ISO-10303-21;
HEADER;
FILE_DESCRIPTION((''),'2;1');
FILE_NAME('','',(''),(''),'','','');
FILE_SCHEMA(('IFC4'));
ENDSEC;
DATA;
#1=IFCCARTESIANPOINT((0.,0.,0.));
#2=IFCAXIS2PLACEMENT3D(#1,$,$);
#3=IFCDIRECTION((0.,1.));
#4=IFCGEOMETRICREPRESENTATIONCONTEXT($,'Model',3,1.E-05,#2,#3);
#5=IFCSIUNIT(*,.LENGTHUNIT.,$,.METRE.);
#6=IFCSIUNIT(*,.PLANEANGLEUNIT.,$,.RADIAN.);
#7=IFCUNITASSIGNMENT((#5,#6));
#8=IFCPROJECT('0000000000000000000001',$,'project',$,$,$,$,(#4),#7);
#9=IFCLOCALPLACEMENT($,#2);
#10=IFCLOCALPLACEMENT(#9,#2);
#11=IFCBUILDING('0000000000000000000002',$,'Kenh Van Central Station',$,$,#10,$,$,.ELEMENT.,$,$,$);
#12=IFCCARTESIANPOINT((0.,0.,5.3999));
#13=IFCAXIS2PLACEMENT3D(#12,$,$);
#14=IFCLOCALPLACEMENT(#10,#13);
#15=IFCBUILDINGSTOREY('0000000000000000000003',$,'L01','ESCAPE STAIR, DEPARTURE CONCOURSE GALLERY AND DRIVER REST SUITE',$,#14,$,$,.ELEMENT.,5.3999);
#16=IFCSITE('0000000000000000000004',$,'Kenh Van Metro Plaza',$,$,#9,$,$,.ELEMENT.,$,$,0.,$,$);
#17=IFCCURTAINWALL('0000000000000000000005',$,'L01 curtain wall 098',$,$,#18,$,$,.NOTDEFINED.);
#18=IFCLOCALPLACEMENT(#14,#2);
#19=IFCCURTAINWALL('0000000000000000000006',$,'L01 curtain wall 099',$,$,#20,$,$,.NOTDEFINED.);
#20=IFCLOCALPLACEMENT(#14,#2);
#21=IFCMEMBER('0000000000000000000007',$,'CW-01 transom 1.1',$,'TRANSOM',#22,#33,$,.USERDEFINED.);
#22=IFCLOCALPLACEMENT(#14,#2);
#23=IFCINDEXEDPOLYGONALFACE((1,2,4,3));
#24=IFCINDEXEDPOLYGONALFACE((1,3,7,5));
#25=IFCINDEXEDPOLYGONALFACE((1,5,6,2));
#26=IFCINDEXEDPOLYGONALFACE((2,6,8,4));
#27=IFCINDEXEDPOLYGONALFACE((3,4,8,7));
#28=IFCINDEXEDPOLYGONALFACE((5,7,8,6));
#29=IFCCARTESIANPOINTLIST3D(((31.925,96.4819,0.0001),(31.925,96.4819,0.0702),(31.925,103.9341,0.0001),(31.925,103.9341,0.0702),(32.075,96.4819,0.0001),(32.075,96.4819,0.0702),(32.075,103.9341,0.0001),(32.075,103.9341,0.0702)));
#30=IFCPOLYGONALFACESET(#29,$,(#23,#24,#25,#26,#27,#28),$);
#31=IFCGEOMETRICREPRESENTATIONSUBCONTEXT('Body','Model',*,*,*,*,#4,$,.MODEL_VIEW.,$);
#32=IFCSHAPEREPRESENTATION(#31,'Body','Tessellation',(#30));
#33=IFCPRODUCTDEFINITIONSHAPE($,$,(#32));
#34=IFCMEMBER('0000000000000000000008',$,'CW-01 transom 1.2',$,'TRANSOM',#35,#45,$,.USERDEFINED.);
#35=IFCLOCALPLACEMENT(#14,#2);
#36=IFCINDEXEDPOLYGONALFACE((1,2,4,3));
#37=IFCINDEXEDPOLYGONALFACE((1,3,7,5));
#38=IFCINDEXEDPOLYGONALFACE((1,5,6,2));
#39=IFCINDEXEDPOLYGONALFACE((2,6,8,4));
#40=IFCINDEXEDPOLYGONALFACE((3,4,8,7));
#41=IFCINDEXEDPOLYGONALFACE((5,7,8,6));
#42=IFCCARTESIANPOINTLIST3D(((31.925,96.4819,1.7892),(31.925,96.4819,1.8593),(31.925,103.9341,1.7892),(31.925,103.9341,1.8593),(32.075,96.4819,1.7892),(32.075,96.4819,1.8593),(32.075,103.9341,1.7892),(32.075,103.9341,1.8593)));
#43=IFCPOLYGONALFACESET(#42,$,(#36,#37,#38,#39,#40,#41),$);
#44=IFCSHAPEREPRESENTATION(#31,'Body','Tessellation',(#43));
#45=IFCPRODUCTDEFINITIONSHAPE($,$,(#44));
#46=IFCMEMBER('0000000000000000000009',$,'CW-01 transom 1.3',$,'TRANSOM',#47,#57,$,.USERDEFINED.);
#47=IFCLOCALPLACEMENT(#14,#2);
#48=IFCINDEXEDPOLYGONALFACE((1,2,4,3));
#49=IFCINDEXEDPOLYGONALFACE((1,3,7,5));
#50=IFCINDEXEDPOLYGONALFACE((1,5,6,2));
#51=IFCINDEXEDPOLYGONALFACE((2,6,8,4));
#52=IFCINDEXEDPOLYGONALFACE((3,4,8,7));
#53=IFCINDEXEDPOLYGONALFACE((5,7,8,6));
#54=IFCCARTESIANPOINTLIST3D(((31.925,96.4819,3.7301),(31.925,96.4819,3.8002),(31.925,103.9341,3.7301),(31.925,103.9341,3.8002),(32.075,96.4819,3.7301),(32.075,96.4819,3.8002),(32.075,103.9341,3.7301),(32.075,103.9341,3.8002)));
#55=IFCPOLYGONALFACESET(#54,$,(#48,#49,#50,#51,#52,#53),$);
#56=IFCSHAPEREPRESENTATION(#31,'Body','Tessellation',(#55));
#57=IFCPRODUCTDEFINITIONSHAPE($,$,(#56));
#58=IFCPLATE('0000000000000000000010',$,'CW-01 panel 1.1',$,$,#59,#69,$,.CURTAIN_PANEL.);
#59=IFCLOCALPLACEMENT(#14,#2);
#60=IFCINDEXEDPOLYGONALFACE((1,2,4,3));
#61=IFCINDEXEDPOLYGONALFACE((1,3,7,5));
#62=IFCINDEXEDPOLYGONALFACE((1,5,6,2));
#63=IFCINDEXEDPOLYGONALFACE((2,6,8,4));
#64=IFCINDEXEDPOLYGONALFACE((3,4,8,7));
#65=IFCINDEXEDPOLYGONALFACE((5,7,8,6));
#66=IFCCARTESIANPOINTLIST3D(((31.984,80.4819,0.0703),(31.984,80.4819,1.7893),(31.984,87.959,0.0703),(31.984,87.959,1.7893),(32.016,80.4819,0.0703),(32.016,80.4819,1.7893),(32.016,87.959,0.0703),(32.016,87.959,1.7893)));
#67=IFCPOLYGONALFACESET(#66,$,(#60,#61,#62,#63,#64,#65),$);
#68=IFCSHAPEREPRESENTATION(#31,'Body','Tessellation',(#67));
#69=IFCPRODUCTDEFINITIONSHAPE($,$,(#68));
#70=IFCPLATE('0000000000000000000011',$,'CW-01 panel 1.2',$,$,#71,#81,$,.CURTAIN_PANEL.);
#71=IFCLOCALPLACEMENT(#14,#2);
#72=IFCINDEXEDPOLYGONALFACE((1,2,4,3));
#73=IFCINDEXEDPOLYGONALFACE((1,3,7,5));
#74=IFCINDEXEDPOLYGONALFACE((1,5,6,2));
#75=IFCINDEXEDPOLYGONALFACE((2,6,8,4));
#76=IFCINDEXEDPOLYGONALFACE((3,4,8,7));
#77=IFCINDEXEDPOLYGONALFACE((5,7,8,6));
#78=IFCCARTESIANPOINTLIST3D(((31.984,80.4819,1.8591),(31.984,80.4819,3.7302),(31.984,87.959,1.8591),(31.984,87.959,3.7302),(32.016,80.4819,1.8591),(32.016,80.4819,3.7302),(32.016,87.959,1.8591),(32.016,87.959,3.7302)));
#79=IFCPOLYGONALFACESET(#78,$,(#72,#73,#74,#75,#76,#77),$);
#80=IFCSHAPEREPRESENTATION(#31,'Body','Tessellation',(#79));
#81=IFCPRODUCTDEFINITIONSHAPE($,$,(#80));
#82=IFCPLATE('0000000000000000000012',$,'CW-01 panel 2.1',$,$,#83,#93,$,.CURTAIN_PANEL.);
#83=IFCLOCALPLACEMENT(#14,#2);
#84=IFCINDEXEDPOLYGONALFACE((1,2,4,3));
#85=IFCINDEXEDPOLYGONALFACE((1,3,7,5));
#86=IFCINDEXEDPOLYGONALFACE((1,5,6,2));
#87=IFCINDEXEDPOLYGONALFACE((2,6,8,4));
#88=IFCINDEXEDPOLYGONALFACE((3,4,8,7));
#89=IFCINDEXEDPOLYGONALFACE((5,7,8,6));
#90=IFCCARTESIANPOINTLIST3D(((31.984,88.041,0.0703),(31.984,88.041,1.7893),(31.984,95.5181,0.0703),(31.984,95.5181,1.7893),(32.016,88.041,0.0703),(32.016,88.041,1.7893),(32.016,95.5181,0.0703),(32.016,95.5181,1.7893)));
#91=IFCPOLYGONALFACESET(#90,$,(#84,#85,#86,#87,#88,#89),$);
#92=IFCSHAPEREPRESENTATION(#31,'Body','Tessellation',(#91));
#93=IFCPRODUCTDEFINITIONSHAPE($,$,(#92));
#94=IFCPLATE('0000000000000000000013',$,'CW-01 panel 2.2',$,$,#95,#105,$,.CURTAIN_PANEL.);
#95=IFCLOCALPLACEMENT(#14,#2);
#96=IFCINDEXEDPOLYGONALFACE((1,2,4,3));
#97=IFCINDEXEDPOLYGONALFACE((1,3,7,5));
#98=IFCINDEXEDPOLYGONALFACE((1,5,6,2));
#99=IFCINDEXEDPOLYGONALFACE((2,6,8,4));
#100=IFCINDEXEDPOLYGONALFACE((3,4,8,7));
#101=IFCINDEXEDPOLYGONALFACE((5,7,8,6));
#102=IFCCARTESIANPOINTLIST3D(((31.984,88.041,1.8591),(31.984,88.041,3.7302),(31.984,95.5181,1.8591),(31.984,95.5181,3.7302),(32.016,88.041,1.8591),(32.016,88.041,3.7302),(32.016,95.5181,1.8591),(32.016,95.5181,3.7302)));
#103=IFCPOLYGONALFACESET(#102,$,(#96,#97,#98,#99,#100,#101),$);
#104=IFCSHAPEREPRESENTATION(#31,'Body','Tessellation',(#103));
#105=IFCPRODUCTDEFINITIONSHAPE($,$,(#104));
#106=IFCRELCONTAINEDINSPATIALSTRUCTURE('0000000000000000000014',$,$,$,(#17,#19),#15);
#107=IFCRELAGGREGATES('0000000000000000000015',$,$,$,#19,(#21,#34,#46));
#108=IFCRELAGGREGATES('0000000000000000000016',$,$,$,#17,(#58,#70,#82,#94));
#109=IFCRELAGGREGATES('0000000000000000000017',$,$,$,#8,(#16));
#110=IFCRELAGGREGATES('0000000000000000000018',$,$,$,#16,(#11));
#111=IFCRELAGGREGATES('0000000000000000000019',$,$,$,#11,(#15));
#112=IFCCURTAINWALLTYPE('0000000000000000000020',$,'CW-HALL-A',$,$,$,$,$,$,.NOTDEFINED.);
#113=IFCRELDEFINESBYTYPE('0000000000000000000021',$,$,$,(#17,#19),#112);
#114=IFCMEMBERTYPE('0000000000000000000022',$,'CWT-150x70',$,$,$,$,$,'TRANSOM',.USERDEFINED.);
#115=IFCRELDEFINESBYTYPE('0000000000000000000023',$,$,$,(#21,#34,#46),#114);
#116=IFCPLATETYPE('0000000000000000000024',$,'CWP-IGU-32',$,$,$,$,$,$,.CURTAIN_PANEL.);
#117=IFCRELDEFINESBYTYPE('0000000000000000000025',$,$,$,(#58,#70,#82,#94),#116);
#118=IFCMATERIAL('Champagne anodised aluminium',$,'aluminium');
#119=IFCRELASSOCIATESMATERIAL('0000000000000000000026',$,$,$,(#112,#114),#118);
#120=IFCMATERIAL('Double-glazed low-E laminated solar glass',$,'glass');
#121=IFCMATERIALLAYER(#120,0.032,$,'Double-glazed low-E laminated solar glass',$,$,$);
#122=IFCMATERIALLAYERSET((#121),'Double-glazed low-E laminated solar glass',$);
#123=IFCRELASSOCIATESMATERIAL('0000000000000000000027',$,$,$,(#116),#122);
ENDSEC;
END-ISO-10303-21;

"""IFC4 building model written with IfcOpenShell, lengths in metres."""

from ifc_helpers import new_model, si_unit, direction, frame, origin, origin_2d, place, context, subcontext, project, spatial, rectangle, extrude, material, layer, layer_set, material_profile, profile_set, type_object, element, aggregate, save


model = new_model("IFC4")

# Units and contexts
model_context = context("Model", 3, precision=1e-05, world=origin(), true_north=direction((0.0, 1.0)))
body_context = subcontext(model_context, "Body", "Model", "MODEL_VIEW")
ifc_project = project(units=[si_unit("LENGTHUNIT", "METRE"), si_unit("PLANEANGLEUNIT", "RADIAN")], contexts=[model_context])

# Site, building, storey
site_placement = place(None, origin())
site = spatial("IfcSite", under=ifc_project, at=site_placement, Name="Kenh Van Metro Plaza", CompositionType="ELEMENT", RefElevation=0.0)
building_placement = place(site_placement, origin())
building = spatial("IfcBuilding", under=site, at=building_placement, Name="Kenh Van Central Station", CompositionType="ELEMENT")
storey_placement = place(building_placement, frame((0.0, 0.0, 5.3999)))
storey = spatial("IfcBuildingStorey", under=building, at=storey_placement, Name="L01", Description="ESCAPE STAIR, DEPARTURE CONCOURSE GALLERY AND DRIVER REST SUITE", CompositionType="ELEMENT", Elevation=5.3999)

# Curtain wall
ifc_material_1 = material(Name="Champagne anodised aluminium", Category="aluminium")
curtain_wall_type = type_object("IfcCurtainWallType", Name="CW-HALL-A", PredefinedType="NOTDEFINED", material=ifc_material_1)
curtain_wall_1_placement = place(storey_placement, origin())
curtain_wall_1 = element("IfcCurtainWall", 1, at=curtain_wall_1_placement, inside=storey, type_object=curtain_wall_type, Name="L01 curtain wall 098", PredefinedType="NOTDEFINED")

# Curtain wall
curtain_wall_2_placement = place(storey_placement, origin())
curtain_wall_2 = element("IfcCurtainWall", 2, at=curtain_wall_2_placement, inside=storey, type_object=curtain_wall_type, Name="L01 curtain wall 099", PredefinedType="NOTDEFINED")

# Members
ifc_material_profile_1 = material_profile(ifc_material_1, rectangle(XDim=0.1499, YDim=0.0701, at=origin_2d()), Name="AL 150x70")
ifc_profile_set_1 = profile_set([ifc_material_profile_1], Name="Champagne anodised aluminium")
member_type_1 = type_object("IfcMemberType", Name="CWT-150x70", ElementType="TRANSOM", PredefinedType="USERDEFINED", material=ifc_profile_set_1)
member_1_placement = place(storey_placement, frame((32.0, 96.4819, 0.0352), z_axis=(0.0, 1.0, 0.0), x_axis=(-1.0, 0.0, 0.0)))
member_1 = element("IfcMember", 3, at=member_1_placement, type_object=member_type_1, Name="CW-01 transom 1.1", ObjectType="TRANSOM", PredefinedType="USERDEFINED", context=body_context, shape_type="SweptSolid", body=[
    extrude(rectangle(XDim=0.1499, YDim=0.0701, at=origin_2d()), origin(), (0.0, 0.0, 1.0), 7.4521),
])
member_2_placement = place(storey_placement, frame((32.0, 96.4819, 1.8242), z_axis=(0.0, 1.0, 0.0), x_axis=(-1.0, 0.0, 0.0)))
member_2 = element("IfcMember", 4, at=member_2_placement, type_object=member_type_1, Name="CW-01 transom 1.2", ObjectType="TRANSOM", PredefinedType="USERDEFINED", context=body_context, shape_type="SweptSolid", body=[
    extrude(rectangle(XDim=0.1499, YDim=0.0701, at=origin_2d()), origin(), (0.0, 0.0, 1.0), 7.4521),
])
member_3_placement = place(storey_placement, frame((32.0, 96.4819, 3.7651), z_axis=(0.0, 1.0, 0.0), x_axis=(-1.0, 0.0, 0.0)))
member_3 = element("IfcMember", 5, at=member_3_placement, type_object=member_type_1, Name="CW-01 transom 1.3", ObjectType="TRANSOM", PredefinedType="USERDEFINED", context=body_context, shape_type="SweptSolid", body=[
    extrude(rectangle(XDim=0.1499, YDim=0.0701, at=origin_2d()), origin(), (0.0, 0.0, 1.0), 7.4521),
])
aggregate(curtain_wall_2, [member_1, member_2, member_3])

# Plates
ifc_material_2 = material(Name="Double-glazed low-E laminated solar glass", Category="glass")
ifc_layer = layer(ifc_material_2, 0.032, Name="Double-glazed low-E laminated solar glass")
ifc_layer_set = layer_set([ifc_layer], Name="Double-glazed low-E laminated solar glass")
plate_type = type_object("IfcPlateType", Name="CWP-IGU-32", PredefinedType="CURTAIN_PANEL", material=ifc_layer_set)
plate_1_placement = place(storey_placement, frame((32.0, 84.2205, 0.0703), z_axis=(0.0, 0.0, 1.0), x_axis=(0.0, 1.0, 0.0)))
plate_1 = element("IfcPlate", 6, at=plate_1_placement, type_object=plate_type, Name="CW-01 panel 1.1", PredefinedType="CURTAIN_PANEL", context=body_context, shape_type="SweptSolid", body=[
    extrude(rectangle(XDim=7.4771, YDim=0.032, at=origin_2d()), origin(), (0.0, 0.0, 1.0), 1.719),
])
plate_2_placement = place(storey_placement, frame((32.0, 84.2205, 1.8591), z_axis=(0.0, 0.0, 1.0), x_axis=(0.0, 1.0, 0.0)))
plate_2 = element("IfcPlate", 7, at=plate_2_placement, type_object=plate_type, Name="CW-01 panel 1.2", PredefinedType="CURTAIN_PANEL", context=body_context, shape_type="SweptSolid", body=[
    extrude(rectangle(XDim=7.4771, YDim=0.032, at=origin_2d()), origin(), (0.0, 0.0, 1.0), 1.8711),
])
plate_3_placement = place(storey_placement, frame((32.0, 91.7795, 0.0703), z_axis=(0.0, 0.0, 1.0), x_axis=(0.0, 1.0, 0.0)))
plate_3 = element("IfcPlate", 8, at=plate_3_placement, type_object=plate_type, Name="CW-01 panel 2.1", PredefinedType="CURTAIN_PANEL", context=body_context, shape_type="SweptSolid", body=[
    extrude(rectangle(XDim=7.4771, YDim=0.032, at=origin_2d()), origin(), (0.0, 0.0, 1.0), 1.719),
])
plate_4_placement = place(storey_placement, frame((32.0, 91.7795, 1.8591), z_axis=(0.0, 0.0, 1.0), x_axis=(0.0, 1.0, 0.0)))
plate_4 = element("IfcPlate", 9, at=plate_4_placement, type_object=plate_type, Name="CW-01 panel 2.2", PredefinedType="CURTAIN_PANEL", context=body_context, shape_type="SweptSolid", body=[
    extrude(rectangle(XDim=7.4771, YDim=0.032, at=origin_2d()), origin(), (0.0, 0.0, 1.0), 1.8711),
])
aggregate(curtain_wall_1, [plate_1, plate_2, plate_3, plate_4])

save(model, "model.ifc")
